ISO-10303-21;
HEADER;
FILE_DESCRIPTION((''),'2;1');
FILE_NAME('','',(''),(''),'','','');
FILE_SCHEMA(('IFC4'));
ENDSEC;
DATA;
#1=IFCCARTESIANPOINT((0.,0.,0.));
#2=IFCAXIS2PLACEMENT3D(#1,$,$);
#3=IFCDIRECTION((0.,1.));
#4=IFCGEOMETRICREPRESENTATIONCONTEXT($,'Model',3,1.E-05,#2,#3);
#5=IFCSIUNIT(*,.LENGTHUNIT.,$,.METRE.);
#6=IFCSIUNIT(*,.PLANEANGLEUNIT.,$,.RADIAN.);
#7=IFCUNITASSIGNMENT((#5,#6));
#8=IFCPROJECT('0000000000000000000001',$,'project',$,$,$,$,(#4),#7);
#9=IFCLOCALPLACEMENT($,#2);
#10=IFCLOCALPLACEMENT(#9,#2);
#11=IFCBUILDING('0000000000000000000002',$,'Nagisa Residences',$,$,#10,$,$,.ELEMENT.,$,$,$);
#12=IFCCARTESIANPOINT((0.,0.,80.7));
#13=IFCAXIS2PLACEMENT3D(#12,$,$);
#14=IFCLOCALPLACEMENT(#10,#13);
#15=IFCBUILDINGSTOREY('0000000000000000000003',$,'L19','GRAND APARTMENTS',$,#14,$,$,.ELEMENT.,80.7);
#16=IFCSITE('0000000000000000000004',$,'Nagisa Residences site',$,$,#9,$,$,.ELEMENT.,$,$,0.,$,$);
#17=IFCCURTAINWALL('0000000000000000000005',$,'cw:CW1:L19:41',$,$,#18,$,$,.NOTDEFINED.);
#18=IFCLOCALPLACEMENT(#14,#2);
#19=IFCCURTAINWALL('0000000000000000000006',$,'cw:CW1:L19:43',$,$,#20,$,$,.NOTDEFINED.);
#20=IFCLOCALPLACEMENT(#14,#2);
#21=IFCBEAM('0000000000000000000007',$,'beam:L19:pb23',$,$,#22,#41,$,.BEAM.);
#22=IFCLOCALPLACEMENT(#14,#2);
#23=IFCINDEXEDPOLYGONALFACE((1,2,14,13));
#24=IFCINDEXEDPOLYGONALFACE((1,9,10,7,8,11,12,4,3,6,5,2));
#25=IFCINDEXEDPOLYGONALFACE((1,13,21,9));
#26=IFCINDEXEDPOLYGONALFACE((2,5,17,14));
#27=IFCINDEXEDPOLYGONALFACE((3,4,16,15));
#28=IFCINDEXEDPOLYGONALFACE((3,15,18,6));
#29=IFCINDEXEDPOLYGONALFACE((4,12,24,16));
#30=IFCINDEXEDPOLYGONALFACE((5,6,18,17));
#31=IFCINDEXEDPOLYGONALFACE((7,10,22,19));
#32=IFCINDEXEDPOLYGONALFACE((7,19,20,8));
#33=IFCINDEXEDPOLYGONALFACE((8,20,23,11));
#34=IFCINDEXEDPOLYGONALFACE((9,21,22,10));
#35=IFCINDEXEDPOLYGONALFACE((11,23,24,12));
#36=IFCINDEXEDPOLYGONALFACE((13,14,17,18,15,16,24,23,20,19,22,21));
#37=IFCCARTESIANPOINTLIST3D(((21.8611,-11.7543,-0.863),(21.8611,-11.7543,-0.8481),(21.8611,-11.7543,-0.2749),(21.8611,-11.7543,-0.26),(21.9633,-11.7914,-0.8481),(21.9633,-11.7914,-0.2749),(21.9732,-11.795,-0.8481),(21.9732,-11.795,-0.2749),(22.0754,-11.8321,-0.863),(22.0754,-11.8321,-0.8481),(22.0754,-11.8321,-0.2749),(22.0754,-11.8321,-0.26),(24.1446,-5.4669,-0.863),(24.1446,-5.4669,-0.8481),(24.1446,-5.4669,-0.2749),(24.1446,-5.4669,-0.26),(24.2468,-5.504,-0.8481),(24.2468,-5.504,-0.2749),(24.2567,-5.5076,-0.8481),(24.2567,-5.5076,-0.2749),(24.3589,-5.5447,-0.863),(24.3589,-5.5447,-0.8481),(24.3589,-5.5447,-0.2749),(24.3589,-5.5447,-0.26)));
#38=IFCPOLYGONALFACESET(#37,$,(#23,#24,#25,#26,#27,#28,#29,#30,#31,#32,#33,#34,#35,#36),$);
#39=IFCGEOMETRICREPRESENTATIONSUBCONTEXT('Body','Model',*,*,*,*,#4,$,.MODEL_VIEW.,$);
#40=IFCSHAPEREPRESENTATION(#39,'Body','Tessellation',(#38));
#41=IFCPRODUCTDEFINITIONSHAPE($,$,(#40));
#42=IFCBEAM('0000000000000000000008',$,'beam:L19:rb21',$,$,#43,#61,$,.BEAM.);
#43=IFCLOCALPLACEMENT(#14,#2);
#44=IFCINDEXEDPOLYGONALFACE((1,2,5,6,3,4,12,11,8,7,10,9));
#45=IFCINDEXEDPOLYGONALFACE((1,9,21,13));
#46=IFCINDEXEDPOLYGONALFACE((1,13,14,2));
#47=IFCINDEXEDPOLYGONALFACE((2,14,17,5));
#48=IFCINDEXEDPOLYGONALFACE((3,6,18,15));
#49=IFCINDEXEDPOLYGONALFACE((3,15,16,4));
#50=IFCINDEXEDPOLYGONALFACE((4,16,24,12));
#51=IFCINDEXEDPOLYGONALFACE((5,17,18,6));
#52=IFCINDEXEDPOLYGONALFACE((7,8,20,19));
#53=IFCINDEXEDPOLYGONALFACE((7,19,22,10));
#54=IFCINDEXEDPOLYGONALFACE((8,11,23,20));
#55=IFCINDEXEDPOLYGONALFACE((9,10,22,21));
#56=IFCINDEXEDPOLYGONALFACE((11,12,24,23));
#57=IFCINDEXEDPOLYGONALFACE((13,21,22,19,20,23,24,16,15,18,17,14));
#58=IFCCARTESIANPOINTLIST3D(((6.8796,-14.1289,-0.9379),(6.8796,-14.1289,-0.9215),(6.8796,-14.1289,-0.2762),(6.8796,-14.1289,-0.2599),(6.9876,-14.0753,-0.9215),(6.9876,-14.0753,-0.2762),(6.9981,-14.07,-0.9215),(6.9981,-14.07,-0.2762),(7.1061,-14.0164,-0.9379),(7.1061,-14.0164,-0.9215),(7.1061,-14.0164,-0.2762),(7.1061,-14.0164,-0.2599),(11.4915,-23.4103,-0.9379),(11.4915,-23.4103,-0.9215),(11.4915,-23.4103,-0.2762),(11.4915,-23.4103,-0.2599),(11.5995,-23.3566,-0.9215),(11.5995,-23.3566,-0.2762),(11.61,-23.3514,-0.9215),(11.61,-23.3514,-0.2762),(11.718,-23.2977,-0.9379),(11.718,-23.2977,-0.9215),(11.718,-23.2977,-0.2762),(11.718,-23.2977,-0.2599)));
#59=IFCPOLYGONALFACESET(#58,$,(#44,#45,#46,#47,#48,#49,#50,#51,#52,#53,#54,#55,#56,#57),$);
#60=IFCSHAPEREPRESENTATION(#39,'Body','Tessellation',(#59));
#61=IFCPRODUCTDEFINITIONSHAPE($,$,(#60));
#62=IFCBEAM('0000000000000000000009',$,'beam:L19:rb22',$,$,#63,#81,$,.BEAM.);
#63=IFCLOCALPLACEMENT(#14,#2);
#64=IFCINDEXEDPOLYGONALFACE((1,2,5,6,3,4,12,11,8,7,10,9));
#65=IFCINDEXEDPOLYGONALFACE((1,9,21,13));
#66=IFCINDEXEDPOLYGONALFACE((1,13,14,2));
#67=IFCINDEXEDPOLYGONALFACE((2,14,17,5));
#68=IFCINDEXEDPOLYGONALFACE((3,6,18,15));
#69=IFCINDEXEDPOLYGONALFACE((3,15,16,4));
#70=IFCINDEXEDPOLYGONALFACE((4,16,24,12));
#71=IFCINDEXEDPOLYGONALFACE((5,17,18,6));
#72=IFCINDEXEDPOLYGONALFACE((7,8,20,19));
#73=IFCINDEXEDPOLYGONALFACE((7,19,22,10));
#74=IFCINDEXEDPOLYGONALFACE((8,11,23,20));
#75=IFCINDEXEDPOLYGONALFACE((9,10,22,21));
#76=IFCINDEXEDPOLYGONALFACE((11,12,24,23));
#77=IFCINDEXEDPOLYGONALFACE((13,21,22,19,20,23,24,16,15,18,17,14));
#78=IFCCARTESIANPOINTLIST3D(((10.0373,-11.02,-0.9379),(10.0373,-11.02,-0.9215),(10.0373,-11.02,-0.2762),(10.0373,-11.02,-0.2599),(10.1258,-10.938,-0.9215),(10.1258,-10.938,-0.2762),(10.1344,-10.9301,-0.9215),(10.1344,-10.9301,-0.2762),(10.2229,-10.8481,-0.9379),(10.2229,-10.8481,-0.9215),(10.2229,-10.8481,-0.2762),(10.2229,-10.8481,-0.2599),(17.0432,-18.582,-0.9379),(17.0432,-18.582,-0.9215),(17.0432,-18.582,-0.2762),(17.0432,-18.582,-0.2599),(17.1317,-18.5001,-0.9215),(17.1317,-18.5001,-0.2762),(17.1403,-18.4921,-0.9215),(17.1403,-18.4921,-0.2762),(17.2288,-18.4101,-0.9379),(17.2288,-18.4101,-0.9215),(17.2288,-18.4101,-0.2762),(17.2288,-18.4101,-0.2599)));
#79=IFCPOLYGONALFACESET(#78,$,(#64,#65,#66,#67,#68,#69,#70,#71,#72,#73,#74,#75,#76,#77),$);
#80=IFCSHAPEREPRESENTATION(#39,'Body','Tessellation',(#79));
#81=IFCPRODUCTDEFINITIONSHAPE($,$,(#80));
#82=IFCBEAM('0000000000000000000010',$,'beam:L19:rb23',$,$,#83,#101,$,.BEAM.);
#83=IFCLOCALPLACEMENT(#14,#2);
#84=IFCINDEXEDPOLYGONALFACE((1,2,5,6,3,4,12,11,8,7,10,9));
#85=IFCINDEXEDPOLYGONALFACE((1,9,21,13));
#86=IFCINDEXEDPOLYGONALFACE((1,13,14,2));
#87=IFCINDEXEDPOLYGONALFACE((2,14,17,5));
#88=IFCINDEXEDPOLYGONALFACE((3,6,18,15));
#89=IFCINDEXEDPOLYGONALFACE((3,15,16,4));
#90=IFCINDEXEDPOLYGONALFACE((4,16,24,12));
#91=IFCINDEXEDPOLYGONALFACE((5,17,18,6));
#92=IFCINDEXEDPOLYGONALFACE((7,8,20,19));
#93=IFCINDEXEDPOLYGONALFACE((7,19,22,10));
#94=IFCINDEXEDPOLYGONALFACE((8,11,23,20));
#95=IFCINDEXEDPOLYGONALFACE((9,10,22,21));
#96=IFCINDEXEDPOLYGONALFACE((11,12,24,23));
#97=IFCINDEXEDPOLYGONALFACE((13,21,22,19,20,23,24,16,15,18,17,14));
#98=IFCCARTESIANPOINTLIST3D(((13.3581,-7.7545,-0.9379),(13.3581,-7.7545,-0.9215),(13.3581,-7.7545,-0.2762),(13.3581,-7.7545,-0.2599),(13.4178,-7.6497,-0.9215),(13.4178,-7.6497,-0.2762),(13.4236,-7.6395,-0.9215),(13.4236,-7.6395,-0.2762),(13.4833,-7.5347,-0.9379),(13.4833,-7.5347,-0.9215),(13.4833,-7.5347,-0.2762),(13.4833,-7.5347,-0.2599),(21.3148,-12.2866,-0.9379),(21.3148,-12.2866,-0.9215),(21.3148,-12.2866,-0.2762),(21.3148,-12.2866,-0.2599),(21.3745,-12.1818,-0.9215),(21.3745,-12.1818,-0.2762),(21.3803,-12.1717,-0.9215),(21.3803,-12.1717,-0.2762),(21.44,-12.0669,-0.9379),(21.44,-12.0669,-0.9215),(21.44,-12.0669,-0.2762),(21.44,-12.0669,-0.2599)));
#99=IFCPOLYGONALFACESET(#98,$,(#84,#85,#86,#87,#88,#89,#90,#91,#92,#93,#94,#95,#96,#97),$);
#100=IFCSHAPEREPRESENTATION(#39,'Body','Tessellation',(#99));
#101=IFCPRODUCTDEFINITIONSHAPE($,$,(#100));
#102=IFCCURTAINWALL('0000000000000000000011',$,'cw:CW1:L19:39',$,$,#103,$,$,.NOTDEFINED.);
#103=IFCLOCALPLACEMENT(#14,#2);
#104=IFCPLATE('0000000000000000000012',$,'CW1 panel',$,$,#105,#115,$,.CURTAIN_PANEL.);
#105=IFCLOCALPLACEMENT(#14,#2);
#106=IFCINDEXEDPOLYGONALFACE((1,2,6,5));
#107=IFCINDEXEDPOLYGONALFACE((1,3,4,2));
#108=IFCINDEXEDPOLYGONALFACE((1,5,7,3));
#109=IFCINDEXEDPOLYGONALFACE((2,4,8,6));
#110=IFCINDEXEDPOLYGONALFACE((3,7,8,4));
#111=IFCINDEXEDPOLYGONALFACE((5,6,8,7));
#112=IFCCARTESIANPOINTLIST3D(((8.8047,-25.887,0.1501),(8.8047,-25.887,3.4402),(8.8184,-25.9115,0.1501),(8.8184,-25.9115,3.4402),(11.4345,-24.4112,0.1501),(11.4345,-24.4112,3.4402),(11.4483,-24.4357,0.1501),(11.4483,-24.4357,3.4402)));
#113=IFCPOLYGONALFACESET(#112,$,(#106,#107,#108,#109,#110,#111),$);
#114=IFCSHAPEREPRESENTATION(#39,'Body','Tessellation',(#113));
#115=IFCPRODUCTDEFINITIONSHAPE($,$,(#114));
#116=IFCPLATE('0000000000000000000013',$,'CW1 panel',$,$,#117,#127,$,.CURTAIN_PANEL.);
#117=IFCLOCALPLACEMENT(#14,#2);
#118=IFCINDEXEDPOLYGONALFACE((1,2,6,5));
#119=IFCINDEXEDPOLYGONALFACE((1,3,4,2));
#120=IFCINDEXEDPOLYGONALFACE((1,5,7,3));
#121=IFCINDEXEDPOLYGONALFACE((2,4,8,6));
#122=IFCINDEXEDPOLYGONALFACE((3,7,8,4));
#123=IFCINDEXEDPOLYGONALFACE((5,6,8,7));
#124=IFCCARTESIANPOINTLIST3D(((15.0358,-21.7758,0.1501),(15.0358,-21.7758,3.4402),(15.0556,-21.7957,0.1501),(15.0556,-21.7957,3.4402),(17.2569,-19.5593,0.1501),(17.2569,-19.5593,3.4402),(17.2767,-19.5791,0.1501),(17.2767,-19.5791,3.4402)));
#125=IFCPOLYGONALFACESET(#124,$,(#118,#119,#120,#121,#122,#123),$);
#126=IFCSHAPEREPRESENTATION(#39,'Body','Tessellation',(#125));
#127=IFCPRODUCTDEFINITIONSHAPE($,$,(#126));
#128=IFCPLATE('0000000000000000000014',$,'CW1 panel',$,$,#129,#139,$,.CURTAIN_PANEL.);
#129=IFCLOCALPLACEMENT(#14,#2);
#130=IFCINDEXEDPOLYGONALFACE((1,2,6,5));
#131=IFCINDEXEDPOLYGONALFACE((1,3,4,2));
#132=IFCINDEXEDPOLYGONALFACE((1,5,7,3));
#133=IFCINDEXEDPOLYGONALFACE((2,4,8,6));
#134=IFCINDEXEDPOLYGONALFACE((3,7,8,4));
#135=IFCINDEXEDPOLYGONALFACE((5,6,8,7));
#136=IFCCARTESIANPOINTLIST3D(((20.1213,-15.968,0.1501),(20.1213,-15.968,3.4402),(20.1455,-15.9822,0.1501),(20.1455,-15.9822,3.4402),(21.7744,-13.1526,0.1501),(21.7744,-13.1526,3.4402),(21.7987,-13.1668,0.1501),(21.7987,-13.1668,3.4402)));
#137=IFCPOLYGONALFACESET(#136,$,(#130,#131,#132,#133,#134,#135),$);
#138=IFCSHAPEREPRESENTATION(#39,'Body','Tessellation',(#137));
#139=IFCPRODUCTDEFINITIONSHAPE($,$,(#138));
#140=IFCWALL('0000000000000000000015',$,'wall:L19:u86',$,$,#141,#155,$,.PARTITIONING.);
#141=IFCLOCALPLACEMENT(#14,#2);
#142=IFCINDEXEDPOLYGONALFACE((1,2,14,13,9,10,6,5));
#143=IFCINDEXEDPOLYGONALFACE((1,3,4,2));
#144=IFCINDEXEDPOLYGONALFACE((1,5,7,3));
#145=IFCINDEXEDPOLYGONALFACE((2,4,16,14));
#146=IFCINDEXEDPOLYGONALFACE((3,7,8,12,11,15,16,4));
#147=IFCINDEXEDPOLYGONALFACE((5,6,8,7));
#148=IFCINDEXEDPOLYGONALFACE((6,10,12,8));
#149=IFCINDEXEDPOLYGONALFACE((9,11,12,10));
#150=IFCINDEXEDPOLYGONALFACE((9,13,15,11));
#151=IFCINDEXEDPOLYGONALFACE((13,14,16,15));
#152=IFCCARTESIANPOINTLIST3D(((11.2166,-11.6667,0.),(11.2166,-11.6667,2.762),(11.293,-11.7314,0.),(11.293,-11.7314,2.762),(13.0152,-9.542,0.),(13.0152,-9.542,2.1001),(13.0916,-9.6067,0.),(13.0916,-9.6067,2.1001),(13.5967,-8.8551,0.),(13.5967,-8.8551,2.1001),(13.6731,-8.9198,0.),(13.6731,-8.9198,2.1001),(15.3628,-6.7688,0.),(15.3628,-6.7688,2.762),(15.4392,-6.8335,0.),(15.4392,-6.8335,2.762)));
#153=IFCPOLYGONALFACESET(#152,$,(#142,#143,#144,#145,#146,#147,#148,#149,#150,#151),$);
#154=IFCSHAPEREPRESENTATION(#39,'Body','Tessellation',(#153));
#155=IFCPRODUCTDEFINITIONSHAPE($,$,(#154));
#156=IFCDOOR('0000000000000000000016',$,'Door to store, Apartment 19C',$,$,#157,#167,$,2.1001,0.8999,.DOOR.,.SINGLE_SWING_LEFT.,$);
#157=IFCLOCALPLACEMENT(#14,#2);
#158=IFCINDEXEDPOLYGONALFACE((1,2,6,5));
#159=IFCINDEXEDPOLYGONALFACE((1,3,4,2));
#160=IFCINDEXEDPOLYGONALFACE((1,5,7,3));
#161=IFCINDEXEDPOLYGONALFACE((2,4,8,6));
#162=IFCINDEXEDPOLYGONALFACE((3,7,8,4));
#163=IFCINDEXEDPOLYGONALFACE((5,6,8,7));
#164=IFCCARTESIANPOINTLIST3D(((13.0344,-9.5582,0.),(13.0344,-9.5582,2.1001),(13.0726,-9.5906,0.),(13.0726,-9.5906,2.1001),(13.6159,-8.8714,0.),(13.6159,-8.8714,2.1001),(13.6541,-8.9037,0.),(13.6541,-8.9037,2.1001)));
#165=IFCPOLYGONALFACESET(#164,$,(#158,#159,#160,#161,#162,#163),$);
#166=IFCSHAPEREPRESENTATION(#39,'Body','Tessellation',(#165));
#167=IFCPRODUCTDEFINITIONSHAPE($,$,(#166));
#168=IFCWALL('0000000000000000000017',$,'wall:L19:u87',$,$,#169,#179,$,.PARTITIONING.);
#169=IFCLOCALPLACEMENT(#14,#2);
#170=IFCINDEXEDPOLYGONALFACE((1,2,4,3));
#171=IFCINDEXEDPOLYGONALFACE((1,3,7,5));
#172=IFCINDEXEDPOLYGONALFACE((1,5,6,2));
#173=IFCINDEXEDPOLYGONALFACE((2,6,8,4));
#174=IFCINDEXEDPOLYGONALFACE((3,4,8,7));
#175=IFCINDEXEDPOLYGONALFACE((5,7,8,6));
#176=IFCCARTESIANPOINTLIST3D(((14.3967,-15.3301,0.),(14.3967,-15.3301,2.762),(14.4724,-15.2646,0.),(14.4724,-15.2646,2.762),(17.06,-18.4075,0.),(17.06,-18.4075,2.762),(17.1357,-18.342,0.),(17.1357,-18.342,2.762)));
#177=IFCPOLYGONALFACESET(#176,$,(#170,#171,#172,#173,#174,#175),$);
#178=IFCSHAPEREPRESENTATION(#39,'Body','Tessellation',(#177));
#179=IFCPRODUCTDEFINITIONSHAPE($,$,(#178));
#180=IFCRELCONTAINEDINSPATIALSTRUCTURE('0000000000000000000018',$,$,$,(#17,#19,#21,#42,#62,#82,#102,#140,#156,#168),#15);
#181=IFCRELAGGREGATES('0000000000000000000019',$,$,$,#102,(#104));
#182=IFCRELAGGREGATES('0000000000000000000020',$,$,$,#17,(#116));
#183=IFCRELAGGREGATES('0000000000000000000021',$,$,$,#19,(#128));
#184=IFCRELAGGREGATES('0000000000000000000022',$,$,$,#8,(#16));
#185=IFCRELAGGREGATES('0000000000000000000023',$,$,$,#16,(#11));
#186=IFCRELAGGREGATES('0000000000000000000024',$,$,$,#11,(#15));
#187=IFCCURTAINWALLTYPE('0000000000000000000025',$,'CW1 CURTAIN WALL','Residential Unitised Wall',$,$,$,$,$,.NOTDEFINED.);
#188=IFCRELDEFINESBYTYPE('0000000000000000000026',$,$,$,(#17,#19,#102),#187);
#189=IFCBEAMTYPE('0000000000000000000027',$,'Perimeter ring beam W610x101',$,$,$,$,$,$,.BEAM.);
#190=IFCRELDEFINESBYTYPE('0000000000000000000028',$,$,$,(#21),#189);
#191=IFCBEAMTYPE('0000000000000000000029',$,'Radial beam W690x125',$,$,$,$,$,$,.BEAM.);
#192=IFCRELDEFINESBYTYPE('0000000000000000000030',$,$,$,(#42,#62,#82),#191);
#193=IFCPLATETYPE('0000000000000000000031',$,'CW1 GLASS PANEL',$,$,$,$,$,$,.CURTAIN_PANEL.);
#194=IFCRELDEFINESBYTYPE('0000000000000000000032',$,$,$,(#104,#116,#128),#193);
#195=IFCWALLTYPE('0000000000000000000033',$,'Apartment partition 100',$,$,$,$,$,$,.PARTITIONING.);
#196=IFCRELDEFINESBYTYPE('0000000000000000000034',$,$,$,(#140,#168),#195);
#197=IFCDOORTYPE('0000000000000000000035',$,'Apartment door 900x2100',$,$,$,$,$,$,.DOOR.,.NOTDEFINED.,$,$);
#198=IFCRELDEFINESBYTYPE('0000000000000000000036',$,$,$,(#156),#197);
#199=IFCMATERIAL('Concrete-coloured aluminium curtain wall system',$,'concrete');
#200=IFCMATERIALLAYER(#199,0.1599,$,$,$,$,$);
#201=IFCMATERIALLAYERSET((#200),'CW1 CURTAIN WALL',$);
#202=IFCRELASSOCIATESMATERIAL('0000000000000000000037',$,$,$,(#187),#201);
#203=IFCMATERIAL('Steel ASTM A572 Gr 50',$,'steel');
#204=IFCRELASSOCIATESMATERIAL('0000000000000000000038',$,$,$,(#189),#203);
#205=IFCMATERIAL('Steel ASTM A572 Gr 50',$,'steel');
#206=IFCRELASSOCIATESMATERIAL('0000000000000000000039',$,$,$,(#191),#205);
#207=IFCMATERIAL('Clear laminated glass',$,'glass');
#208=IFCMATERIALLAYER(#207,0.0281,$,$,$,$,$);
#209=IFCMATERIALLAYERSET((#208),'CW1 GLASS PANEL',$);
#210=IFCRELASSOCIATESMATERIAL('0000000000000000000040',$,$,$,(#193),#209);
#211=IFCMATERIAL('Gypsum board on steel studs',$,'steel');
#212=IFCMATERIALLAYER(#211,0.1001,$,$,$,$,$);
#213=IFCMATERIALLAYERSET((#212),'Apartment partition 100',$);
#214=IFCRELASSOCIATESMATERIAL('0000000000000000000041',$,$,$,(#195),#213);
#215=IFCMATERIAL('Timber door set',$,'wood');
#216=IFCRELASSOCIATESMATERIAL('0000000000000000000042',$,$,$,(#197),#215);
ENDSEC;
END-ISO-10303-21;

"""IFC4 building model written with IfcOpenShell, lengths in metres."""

from ifc_helpers import new_model, si_unit, direction, frame, frame_2d, origin, origin_2d, place, context, subcontext, project, spatial, rectangle, i_section, extrude, material, layer, layer_set, material_profile, profile_set, type_object, element, fill, aggregate, save


model = new_model("IFC4")

# Units and contexts
model_context = context("Model", 3, precision=1e-05, world=origin(), true_north=direction((0.0, 1.0)))
body_context = subcontext(model_context, "Body", "Model", "MODEL_VIEW")
ifc_project = project(units=[si_unit("LENGTHUNIT", "METRE"), si_unit("PLANEANGLEUNIT", "RADIAN")], contexts=[model_context])

# Site, building, storey
site_placement = place(None, origin())
site = spatial("IfcSite", under=ifc_project, at=site_placement, Name="Nagisa Residences site", CompositionType="ELEMENT", RefElevation=0.0)
building_placement = place(site_placement, origin())
building = spatial("IfcBuilding", under=site, at=building_placement, Name="Nagisa Residences", CompositionType="ELEMENT")
storey_placement = place(building_placement, frame((0.0, 0.0, 80.7)))
storey = spatial("IfcBuildingStorey", under=building, at=storey_placement, Name="L19", Description="GRAND APARTMENTS", CompositionType="ELEMENT", Elevation=80.7)

# Curtain walls
ifc_material_1 = material(Name="Concrete-coloured aluminium curtain wall system", Category="concrete")
ifc_layer_1 = layer(ifc_material_1, 0.1599)
ifc_layer_set_1 = layer_set([ifc_layer_1], Name="CW1 CURTAIN WALL")
curtain_wall_type = type_object("IfcCurtainWallType", Name="CW1 CURTAIN WALL", Description="Residential Unitised Wall", PredefinedType="NOTDEFINED", material=ifc_layer_set_1)
curtain_wall_1_placement = place(storey_placement, origin())
curtain_wall_1 = element("IfcCurtainWall", 1, at=curtain_wall_1_placement, inside=storey, type_object=curtain_wall_type, Name="cw:CW1:L19:41", PredefinedType="NOTDEFINED")
curtain_wall_2_placement = place(storey_placement, origin())
curtain_wall_2 = element("IfcCurtainWall", 2, at=curtain_wall_2_placement, inside=storey, type_object=curtain_wall_type, Name="cw:CW1:L19:43", PredefinedType="NOTDEFINED")

# Beams
ifc_material_2 = material(Name="Steel ASTM A572 Gr 50", Category="steel")
ifc_material_profile_1 = material_profile(ifc_material_2, i_section(OverallWidth=0.228, OverallDepth=0.603, WebThickness=0.0105, FlangeThickness=0.0149, at=origin_2d()), Name="W610x101")
ifc_profile_set_1 = profile_set([ifc_material_profile_1], Name="Steel ASTM A572 Gr 50")
beam_type_1 = type_object("IfcBeamType", Name="Perimeter ring beam W610x101", PredefinedType="BEAM", material=ifc_profile_set_1)
beam_1_placement = place(storey_placement, frame((21.9683, -11.7932, -0.5615), z_axis=(0.341365, 0.939931, 0.0), x_axis=(-0.939931, 0.341365, 0.0)))
element("IfcBeam", 3, at=beam_1_placement, inside=storey, type_object=beam_type_1, Name="beam:L19:pb23", PredefinedType="BEAM", context=body_context, shape_type="SweptSolid", body=[
    extrude(i_section(OverallWidth=0.228, OverallDepth=0.603, WebThickness=0.0105, FlangeThickness=0.0149, at=origin_2d()), origin(), (0.0, 0.0, 1.0), 6.6892),
])
ifc_material_3 = material(Name="Steel ASTM A572 Gr 50", Category="steel")
ifc_material_profile_2 = material_profile(ifc_material_3, i_section(OverallWidth=0.2529, OverallDepth=0.678, WebThickness=0.0117, FlangeThickness=0.0164, at=origin_2d()), Name="W690x125")
ifc_profile_set_2 = profile_set([ifc_material_profile_2], Name="Steel ASTM A572 Gr 50")
beam_type_2 = type_object("IfcBeamType", Name="Radial beam W690x125", PredefinedType="BEAM", material=ifc_profile_set_2)
beam_2_placement = place(storey_placement, frame((11.6047, -23.354, -0.5989), z_axis=(-0.444988, 0.895536, 0.0), x_axis=(-0.895536, -0.444988, 0.0)))
element("IfcBeam", 4, at=beam_2_placement, inside=storey, type_object=beam_type_2, Name="beam:L19:rb21", PredefinedType="BEAM", context=body_context, shape_type="SweptSolid", body=[
    extrude(i_section(OverallWidth=0.2529, OverallDepth=0.678, WebThickness=0.0117, FlangeThickness=0.0164, at=origin_2d()), origin(), (0.0, 0.0, 1.0), 10.364),
])
beam_3_placement = place(storey_placement, frame((17.136, -18.4961, -0.5989), z_axis=(-0.679617, 0.733567, 0.0), x_axis=(-0.733567, -0.679617, 0.0)))
element("IfcBeam", 5, at=beam_3_placement, inside=storey, type_object=beam_type_2, Name="beam:L19:rb22", PredefinedType="BEAM", context=body_context, shape_type="SweptSolid", body=[
    extrude(i_section(OverallWidth=0.2529, OverallDepth=0.678, WebThickness=0.0117, FlangeThickness=0.0164, at=origin_2d()), origin(), (0.0, 0.0, 1.0), 10.3086),
])
beam_4_placement = place(storey_placement, frame((21.3774, -12.1768, -0.5989), z_axis=(-0.868925, 0.494944, 0.0), x_axis=(-0.494944, -0.868925, 0.0)))
element("IfcBeam", 6, at=beam_4_placement, inside=storey, type_object=beam_type_2, Name="beam:L19:rb23", PredefinedType="BEAM", context=body_context, shape_type="SweptSolid", body=[
    extrude(i_section(OverallWidth=0.2529, OverallDepth=0.678, WebThickness=0.0117, FlangeThickness=0.0164, at=origin_2d()), origin(), (0.0, 0.0, 1.0), 9.157),
])

# Curtain wall, plate
curtain_wall_3_placement = place(storey_placement, origin())
curtain_wall_3 = element("IfcCurtainWall", 7, at=curtain_wall_3_placement, inside=storey, type_object=curtain_wall_type, Name="cw:CW1:L19:39", PredefinedType="NOTDEFINED")
ifc_material_4 = material(Name="Clear laminated glass", Category="glass")
ifc_layer_2 = layer(ifc_material_4, 0.0281)
ifc_layer_set_2 = layer_set([ifc_layer_2], Name="CW1 GLASS PANEL")
plate_type = type_object("IfcPlateType", Name="CW1 GLASS PANEL", PredefinedType="CURTAIN_PANEL", material=ifc_layer_set_2)
plate_1_placement = place(storey_placement, frame((10.1265, -25.1614, 0.1501), z_axis=(0.0, 0.0, 1.0), x_axis=(0.872072, 0.489377, 0.0)))
plate_1 = element("IfcPlate", 8, at=plate_1_placement, type_object=plate_type, Name="CW1 panel", PredefinedType="CURTAIN_PANEL", context=body_context, shape_type="SweptSolid", body=[
    extrude(rectangle(XDim=3.0156, YDim=0.0281, at=origin_2d()), origin(), (0.0, 0.0, 1.0), 3.29),
])
aggregate(curtain_wall_3, [plate_1])

# Plates
plate_2_placement = place(storey_placement, frame((16.1562, -20.6775, 0.1501), z_axis=(0.0, 0.0, 1.0), x_axis=(0.707836, 0.706377, 0.0)))
plate_2 = element("IfcPlate", 9, at=plate_2_placement, type_object=plate_type, Name="CW1 panel", PredefinedType="CURTAIN_PANEL", context=body_context, shape_type="SweptSolid", body=[
    extrude(rectangle(XDim=3.1379, YDim=0.0281, at=origin_2d()), origin(), (0.0, 0.0, 1.0), 3.29),
])
aggregate(curtain_wall_1, [plate_2])
plate_3_placement = place(storey_placement, frame((20.96, -14.5674, 0.1501), z_axis=(0.0, 0.0, 1.0), x_axis=(0.506349, 0.862329, 0.0)))
plate_3 = element("IfcPlate", 10, at=plate_3_placement, type_object=plate_type, Name="CW1 panel", PredefinedType="CURTAIN_PANEL", context=body_context, shape_type="SweptSolid", body=[
    extrude(rectangle(XDim=3.2649, YDim=0.0281, at=origin_2d()), origin(), (0.0, 0.0, 1.0), 3.29),
])
aggregate(curtain_wall_2, [plate_3])

# Wall, opening, door
ifc_material_5 = material(Name="Gypsum board on steel studs", Category="steel")
ifc_layer_3 = layer(ifc_material_5, 0.1001)
ifc_layer_set_3 = layer_set([ifc_layer_3], Name="Apartment partition 100")
wall_type_1 = type_object("IfcWallType", Name="Apartment partition 100", PredefinedType="PARTITIONING", material=ifc_layer_set_3)
wall_1_placement = place(storey_placement, frame((11.2549, -11.699, 0.0), z_axis=(0.0, 0.0, 1.0), x_axis=(0.646108, 0.763246, 0.0)))
wall_1 = element("IfcWall", 11, at=wall_1_placement, inside=storey, type_object=wall_type_1, Name="wall:L19:u86", PredefinedType="PARTITIONING", context=body_context, shape_type="SweptSolid", body=[
    extrude(rectangle(XDim=6.4172, YDim=0.1001, at=frame_2d((3.2085, 0.0))), origin(), (0.0, 0.0, 1.0), 2.762),
])
opening_1_placement = place(wall_1_placement, frame((2.7837, 0.0, 0.0)))
opening_1 = element("IfcOpeningElement", 12, at=opening_1_placement, cuts=wall_1, PredefinedType="OPENING", context=body_context, shape_type="SweptSolid", body=[
    extrude(rectangle(XDim=0.8999, YDim=2.1001, at=frame_2d((0.45, 1.05))), frame((0.0, 0.0601, 0.0), z_axis=(0.0, -1.0, 0.0), x_axis=(1.0, 0.0, 0.0)), (0.0, 0.0, 1.0), 0.1201),
])
ifc_material_6 = material(Name="Timber door set", Category="wood")
door_type_1 = type_object("IfcDoorType", Name="Apartment door 900x2100", OperationType="NOTDEFINED", PredefinedType="DOOR", material=ifc_material_6)
door_1_placement = place(opening_1_placement, origin())
door_1 = element("IfcDoor", 13, at=door_1_placement, inside=storey, type_object=door_type_1, Name="Door to store, Apartment 19C", OperationType="SINGLE_SWING_LEFT", OverallHeight=2.1001, OverallWidth=0.8999, PredefinedType="DOOR", context=body_context, shape_type="SweptSolid", body=[
    extrude(rectangle(XDim=0.8999, YDim=2.1001, at=frame_2d((0.45, 1.05))), frame((0.0, 0.0249, 0.0), z_axis=(0.0, -1.0, 0.0), x_axis=(1.0, 0.0, 0.0)), (0.0, 0.0, 1.0), 0.05),
])
fill(opening_1, door_1)

# Wall
wall_2_placement = place(storey_placement, frame((14.4346, -15.2974, 0.0), z_axis=(0.0, 0.0, 1.0), x_axis=(0.654405, -0.756144, 0.0)))
element("IfcWall", 14, at=wall_2_placement, inside=storey, type_object=wall_type_1, Name="wall:L19:u87", PredefinedType="PARTITIONING", context=body_context, shape_type="SweptSolid", body=[
    extrude(rectangle(XDim=4.0698, YDim=0.1001, at=frame_2d((2.0349, 0.0))), origin(), (0.0, 0.0, 1.0), 2.762),
])

save(model, "model.ifc")
